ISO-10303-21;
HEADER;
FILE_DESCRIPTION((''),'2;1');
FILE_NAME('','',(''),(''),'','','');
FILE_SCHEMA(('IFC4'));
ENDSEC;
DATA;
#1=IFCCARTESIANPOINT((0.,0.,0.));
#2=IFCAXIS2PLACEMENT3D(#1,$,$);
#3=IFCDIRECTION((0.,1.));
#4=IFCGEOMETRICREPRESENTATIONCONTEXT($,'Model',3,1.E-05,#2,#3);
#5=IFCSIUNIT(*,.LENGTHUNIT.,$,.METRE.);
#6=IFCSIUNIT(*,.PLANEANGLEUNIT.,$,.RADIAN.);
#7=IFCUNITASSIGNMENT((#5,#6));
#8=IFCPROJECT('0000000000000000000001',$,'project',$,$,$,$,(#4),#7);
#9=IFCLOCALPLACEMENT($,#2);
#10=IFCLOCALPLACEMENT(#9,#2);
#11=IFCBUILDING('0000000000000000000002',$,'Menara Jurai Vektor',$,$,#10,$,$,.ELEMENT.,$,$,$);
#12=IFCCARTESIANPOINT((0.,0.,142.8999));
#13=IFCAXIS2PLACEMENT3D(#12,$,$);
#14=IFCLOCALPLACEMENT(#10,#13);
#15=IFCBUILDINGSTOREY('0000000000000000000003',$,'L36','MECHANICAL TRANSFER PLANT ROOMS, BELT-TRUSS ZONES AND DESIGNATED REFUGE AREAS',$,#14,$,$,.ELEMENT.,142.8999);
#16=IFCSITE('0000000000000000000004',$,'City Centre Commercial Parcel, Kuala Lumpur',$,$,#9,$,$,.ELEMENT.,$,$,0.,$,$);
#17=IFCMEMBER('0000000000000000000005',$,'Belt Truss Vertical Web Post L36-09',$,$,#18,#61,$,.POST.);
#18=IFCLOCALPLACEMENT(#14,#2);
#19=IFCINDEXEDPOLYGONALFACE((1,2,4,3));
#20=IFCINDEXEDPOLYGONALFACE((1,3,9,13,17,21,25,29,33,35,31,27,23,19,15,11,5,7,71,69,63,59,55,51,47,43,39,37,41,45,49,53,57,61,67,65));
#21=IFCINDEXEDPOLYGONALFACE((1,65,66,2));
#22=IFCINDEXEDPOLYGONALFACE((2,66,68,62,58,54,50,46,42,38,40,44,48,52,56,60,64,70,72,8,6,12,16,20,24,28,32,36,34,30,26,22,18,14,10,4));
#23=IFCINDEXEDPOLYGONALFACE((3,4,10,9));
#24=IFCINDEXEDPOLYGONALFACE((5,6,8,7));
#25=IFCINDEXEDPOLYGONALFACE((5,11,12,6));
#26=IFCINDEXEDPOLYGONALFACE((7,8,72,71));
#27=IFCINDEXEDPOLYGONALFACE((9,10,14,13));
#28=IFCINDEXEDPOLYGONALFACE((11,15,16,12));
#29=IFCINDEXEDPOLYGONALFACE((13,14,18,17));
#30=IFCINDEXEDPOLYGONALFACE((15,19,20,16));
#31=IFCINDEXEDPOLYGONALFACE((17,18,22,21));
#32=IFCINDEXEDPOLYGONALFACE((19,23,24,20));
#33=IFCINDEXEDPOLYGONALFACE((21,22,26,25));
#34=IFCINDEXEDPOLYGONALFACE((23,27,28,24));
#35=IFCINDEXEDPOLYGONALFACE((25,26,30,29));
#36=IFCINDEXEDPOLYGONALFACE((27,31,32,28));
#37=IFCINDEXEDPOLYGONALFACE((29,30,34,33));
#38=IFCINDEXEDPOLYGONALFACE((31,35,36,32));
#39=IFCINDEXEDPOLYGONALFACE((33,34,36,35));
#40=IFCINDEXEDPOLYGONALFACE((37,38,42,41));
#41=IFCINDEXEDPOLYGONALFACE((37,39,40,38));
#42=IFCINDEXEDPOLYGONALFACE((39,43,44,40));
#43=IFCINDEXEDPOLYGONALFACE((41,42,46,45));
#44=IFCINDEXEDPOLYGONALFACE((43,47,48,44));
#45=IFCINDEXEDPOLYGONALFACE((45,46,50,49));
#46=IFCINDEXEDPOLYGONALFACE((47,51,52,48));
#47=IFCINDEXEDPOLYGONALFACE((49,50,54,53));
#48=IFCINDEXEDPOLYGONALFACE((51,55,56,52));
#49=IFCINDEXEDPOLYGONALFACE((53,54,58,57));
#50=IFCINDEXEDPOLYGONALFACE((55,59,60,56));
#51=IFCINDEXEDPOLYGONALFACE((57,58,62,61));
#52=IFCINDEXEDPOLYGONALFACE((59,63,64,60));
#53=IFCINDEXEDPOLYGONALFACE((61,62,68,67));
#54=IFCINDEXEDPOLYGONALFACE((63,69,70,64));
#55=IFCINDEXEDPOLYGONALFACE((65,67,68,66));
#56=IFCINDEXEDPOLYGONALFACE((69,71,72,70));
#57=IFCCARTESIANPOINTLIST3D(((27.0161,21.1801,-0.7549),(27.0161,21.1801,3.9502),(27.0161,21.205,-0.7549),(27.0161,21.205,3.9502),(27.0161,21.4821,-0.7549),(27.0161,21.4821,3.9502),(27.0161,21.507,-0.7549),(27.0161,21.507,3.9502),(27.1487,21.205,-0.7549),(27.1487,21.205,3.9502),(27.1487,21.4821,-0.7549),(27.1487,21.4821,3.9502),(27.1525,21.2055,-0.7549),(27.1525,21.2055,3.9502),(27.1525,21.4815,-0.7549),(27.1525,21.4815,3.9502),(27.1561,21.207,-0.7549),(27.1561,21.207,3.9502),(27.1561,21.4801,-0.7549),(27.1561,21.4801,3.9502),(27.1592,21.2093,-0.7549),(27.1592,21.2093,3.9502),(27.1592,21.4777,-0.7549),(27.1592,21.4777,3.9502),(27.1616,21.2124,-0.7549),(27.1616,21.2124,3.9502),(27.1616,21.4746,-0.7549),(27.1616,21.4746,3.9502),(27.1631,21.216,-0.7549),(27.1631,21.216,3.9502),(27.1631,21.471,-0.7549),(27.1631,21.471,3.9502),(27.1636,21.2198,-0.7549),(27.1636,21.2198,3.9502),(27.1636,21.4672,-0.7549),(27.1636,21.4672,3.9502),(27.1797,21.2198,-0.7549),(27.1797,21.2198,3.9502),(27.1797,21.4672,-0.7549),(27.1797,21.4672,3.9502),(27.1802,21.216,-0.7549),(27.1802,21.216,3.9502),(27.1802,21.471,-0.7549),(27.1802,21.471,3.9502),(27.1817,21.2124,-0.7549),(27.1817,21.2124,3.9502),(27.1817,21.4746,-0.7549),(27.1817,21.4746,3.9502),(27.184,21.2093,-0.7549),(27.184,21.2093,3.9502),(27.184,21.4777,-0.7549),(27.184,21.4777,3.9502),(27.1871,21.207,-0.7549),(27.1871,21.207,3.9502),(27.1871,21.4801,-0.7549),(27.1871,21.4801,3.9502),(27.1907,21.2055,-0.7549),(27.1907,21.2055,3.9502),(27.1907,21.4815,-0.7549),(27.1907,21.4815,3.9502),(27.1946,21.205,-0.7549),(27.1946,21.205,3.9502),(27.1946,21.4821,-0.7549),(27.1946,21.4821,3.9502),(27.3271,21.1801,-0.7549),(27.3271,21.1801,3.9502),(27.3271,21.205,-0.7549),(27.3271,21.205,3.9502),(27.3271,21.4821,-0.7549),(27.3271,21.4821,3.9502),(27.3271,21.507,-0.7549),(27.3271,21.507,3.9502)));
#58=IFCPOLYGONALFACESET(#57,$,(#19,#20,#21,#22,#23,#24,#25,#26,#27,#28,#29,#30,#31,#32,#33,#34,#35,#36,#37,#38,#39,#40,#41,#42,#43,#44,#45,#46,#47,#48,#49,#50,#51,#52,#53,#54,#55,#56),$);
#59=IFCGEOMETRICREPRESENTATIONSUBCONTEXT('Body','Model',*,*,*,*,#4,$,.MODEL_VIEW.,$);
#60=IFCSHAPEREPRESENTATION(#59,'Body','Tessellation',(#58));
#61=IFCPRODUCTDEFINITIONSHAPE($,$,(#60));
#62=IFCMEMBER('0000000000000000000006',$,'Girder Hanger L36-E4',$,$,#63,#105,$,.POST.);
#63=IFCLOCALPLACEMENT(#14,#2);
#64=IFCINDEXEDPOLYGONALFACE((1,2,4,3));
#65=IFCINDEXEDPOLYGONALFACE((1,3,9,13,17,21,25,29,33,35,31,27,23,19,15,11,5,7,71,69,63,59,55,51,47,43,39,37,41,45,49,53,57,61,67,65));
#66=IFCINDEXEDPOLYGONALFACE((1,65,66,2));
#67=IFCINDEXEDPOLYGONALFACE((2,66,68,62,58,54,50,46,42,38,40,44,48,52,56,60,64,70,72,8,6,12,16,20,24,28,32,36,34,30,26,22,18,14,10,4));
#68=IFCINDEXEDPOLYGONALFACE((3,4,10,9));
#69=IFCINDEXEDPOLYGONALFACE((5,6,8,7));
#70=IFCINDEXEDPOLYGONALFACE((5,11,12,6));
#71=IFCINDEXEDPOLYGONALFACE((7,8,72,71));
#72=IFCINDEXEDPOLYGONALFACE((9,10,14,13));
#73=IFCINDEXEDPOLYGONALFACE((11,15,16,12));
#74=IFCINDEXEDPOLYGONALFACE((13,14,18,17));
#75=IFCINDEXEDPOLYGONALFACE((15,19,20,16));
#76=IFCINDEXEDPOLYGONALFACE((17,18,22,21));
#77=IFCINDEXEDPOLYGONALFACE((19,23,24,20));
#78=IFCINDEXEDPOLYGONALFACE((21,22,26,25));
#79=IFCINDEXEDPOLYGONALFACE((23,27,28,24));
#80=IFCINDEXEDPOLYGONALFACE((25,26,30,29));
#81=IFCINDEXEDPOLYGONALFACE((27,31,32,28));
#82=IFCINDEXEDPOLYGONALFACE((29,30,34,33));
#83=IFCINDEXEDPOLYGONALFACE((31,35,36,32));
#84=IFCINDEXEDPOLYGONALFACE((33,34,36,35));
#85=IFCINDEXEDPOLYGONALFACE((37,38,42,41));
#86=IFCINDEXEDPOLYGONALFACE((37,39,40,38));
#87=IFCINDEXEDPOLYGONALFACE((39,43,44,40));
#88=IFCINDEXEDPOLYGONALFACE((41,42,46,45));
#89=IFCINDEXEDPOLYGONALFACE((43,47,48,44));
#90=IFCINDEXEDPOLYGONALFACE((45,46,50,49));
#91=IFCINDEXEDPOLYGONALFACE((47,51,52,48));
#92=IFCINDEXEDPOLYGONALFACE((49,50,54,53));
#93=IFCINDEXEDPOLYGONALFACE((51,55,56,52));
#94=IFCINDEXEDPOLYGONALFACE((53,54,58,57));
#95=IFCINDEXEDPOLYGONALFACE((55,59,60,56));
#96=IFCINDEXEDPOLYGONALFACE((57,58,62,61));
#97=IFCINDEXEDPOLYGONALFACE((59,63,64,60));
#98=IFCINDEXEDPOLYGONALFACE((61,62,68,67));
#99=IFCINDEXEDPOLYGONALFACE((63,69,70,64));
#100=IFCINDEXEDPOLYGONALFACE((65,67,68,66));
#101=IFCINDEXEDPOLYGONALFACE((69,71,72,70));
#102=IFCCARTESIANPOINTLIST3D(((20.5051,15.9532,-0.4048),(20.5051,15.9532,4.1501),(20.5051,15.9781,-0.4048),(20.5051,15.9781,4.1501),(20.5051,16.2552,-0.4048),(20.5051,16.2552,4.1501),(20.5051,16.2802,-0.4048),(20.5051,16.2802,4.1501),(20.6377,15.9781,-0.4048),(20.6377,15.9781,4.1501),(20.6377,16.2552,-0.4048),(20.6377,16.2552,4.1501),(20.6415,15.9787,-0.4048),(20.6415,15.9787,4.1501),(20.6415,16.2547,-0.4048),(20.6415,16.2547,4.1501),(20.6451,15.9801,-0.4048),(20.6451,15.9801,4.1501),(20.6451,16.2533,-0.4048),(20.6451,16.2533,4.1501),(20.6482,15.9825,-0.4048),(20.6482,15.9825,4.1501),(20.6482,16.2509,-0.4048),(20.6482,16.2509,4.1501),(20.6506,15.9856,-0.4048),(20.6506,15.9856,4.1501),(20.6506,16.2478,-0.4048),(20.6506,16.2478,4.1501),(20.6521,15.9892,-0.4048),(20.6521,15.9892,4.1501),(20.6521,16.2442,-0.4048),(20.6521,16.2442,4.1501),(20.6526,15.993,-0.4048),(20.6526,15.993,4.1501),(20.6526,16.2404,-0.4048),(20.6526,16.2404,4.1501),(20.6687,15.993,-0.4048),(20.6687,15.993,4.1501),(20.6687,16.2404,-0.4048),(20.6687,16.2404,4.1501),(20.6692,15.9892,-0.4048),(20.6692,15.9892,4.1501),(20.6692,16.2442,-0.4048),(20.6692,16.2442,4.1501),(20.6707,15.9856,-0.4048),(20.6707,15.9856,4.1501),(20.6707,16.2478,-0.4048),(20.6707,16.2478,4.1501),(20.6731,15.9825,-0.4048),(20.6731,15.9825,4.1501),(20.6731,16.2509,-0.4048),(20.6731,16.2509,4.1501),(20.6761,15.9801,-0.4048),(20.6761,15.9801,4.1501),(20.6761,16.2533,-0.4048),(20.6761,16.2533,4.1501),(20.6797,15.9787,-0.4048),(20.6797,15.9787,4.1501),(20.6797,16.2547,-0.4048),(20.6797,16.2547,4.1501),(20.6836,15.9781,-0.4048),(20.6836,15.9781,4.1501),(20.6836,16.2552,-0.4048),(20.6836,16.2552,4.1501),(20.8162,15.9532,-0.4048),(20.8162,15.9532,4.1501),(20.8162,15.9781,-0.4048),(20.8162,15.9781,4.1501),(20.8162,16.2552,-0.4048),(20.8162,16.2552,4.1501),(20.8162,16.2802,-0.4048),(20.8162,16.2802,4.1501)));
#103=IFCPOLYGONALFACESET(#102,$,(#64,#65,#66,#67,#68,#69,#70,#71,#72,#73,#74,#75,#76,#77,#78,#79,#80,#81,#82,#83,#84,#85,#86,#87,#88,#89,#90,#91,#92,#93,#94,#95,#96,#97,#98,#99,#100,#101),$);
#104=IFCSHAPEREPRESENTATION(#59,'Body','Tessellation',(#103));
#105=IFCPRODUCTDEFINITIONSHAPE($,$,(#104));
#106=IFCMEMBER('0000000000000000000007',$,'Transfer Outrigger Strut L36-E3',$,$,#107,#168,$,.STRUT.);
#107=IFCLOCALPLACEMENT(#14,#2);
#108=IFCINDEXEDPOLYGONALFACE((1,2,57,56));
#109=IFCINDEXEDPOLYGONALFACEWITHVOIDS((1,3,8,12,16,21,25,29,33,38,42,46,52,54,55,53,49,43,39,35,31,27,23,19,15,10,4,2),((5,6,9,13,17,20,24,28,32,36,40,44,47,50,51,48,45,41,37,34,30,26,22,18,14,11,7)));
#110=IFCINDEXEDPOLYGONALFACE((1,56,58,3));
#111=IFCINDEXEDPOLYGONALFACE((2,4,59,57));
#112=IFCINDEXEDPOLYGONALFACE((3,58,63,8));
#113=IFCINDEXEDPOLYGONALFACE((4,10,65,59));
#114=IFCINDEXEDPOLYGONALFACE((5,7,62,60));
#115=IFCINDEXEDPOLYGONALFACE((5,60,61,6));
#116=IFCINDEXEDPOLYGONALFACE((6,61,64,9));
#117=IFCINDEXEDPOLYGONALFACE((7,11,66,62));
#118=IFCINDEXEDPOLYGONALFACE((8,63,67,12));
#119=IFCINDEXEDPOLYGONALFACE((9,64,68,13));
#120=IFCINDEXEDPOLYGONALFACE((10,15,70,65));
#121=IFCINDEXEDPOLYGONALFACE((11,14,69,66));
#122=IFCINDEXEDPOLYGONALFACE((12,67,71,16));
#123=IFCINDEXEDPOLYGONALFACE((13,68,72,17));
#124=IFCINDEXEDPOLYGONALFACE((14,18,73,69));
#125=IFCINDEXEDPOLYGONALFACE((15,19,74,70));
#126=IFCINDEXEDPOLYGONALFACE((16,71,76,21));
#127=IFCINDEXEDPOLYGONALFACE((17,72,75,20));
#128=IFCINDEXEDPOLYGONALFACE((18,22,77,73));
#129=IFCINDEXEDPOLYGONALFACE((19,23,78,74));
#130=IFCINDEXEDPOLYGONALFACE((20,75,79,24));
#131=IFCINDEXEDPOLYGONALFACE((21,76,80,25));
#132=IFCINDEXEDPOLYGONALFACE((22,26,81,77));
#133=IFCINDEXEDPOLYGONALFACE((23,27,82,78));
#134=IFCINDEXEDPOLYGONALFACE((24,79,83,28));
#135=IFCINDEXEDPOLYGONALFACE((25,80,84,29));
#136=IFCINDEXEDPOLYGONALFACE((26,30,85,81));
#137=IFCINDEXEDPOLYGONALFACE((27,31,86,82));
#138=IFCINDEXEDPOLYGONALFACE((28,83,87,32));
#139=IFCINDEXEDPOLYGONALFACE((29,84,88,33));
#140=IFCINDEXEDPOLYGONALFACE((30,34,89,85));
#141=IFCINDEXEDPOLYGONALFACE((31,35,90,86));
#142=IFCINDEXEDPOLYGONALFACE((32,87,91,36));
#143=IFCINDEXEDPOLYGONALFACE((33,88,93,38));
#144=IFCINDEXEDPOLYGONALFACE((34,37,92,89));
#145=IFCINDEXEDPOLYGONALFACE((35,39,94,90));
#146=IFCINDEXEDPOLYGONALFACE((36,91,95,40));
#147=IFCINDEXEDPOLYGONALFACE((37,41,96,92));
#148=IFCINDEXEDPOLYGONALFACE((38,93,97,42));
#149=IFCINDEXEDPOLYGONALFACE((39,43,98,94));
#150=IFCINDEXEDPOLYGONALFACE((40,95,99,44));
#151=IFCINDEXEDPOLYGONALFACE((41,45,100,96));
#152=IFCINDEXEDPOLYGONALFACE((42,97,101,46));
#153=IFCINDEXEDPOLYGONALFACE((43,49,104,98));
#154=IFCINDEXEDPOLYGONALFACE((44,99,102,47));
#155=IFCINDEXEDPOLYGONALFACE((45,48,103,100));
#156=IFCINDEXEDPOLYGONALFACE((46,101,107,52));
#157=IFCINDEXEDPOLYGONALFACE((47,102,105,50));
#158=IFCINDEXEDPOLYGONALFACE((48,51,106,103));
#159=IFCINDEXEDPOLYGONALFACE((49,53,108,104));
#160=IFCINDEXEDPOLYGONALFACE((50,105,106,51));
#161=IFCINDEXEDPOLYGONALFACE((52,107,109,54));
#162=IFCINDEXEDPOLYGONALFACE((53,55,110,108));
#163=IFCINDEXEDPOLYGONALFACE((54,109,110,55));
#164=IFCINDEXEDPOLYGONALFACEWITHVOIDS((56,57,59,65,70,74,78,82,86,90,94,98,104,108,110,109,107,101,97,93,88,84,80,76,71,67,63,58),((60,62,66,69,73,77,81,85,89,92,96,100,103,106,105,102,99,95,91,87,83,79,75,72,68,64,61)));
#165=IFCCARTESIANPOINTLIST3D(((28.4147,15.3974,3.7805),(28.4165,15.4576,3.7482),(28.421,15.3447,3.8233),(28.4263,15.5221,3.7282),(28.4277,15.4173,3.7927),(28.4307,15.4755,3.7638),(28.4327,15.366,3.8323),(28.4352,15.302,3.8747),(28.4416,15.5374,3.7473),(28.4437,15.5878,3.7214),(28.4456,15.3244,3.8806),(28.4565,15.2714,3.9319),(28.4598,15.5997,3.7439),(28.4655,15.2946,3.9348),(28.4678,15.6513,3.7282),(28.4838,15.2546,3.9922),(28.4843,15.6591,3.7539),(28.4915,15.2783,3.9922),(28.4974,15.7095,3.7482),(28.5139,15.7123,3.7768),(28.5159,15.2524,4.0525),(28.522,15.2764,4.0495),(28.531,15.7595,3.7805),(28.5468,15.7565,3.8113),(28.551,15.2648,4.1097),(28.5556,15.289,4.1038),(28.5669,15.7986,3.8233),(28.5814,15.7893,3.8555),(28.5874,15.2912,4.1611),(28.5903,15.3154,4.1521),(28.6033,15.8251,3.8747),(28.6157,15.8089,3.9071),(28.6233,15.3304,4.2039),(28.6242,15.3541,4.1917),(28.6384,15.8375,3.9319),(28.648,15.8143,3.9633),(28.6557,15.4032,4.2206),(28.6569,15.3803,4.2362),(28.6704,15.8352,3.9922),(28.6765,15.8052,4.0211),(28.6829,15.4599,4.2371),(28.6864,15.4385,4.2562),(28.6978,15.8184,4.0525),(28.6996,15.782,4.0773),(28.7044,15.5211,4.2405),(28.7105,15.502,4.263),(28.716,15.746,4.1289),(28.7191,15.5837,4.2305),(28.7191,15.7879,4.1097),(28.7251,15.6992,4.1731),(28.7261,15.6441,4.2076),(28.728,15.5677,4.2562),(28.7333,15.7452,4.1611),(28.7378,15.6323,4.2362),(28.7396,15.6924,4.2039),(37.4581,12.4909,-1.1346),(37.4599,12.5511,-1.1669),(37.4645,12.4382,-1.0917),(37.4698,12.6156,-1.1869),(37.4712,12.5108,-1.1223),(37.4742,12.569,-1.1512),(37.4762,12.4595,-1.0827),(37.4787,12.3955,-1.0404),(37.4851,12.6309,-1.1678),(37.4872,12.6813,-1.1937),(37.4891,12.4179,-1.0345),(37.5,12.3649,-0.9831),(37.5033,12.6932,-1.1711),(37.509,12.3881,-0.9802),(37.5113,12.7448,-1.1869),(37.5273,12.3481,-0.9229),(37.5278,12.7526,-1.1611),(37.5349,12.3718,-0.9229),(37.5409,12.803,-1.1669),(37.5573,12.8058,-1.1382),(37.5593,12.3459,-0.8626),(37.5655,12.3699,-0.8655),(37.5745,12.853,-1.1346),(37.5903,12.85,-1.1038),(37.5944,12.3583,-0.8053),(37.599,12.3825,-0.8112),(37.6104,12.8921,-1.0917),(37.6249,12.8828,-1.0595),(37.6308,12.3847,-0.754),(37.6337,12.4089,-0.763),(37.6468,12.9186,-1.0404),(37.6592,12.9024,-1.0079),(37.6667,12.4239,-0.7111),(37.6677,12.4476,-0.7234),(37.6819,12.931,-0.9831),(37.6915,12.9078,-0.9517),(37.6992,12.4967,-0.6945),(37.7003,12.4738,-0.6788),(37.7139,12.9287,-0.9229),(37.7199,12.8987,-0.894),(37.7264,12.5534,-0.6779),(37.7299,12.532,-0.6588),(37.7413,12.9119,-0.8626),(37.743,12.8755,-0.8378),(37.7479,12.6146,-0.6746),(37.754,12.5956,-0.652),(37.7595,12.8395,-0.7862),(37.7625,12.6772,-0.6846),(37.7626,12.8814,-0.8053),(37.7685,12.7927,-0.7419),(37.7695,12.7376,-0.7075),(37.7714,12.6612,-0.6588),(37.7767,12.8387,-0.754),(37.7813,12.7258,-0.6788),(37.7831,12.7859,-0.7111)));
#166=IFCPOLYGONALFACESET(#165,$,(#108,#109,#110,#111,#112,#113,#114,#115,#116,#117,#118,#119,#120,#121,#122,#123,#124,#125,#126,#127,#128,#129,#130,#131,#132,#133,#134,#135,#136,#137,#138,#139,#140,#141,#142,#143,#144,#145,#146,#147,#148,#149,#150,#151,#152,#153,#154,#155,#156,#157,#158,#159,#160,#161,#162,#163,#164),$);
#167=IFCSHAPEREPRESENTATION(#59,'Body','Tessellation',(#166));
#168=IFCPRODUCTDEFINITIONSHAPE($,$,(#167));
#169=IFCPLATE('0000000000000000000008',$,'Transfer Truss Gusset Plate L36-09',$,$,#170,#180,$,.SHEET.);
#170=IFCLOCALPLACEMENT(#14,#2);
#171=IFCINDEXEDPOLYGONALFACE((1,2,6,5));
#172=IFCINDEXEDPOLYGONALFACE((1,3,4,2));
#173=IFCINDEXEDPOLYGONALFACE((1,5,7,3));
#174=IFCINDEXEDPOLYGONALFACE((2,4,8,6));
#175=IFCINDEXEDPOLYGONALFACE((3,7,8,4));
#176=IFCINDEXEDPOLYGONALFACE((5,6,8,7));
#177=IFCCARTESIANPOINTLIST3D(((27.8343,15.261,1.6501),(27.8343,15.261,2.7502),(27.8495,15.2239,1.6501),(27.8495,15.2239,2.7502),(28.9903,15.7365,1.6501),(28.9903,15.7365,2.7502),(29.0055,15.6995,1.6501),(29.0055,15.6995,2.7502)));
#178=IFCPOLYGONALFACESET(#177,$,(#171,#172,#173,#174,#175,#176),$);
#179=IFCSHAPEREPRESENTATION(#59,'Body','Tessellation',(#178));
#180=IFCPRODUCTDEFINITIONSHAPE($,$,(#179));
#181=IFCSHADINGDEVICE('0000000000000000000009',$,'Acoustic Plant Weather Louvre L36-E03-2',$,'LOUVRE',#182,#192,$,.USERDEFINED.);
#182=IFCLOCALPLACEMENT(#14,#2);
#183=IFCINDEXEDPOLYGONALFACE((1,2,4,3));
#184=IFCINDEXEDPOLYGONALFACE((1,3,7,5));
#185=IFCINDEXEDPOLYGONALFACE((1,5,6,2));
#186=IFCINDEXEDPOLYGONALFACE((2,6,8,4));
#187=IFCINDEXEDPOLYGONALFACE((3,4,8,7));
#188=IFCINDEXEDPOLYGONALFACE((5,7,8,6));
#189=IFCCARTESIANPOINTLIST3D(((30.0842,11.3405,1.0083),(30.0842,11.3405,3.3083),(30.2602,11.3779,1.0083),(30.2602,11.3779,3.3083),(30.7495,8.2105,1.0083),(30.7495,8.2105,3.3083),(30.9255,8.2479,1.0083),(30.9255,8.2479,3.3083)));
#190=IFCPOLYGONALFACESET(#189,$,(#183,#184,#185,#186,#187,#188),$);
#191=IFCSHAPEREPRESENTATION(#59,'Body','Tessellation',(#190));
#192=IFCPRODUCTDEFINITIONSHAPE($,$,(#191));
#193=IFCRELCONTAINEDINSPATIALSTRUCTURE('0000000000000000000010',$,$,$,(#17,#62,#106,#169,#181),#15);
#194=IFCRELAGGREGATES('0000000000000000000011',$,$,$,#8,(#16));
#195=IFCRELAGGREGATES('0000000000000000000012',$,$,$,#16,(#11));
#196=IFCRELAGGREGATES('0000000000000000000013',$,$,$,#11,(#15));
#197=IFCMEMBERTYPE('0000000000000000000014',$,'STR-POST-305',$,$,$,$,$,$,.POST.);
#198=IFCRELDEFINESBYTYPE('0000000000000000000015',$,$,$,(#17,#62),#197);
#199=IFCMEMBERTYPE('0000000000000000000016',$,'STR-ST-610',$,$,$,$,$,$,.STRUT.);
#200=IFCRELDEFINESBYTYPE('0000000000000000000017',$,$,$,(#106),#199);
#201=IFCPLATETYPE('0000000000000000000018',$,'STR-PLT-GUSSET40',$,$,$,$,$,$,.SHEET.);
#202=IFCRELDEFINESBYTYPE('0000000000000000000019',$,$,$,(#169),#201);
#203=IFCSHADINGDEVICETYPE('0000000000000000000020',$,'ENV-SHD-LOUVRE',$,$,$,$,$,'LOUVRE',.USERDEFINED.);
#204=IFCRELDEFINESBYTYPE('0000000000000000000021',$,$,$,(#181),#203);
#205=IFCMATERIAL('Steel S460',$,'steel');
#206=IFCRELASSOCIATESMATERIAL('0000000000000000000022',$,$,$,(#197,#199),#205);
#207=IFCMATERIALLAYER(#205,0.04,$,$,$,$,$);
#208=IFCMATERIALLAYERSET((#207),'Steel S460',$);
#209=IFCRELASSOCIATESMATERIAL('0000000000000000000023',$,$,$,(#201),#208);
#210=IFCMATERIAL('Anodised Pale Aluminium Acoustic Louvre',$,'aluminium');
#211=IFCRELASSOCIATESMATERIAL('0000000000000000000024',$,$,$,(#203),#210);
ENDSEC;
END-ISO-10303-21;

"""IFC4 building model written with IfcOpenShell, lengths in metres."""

from ifc_helpers import new_model, si_unit, direction, frame, origin, origin_2d, place, context, subcontext, project, spatial, rectangle, hollow_circle, i_section, extrude, material, layer, layer_set, material_profile, profile_set, type_object, element, save


model = new_model("IFC4")

# Units and contexts
model_context = context("Model", 3, precision=1e-05, world=origin(), true_north=direction((0.0, 1.0)))
body_context = subcontext(model_context, "Body", "Model", "MODEL_VIEW")
ifc_project = project(units=[si_unit("LENGTHUNIT", "METRE"), si_unit("PLANEANGLEUNIT", "RADIAN")], contexts=[model_context])

# Site, building, storey
site_placement = place(None, origin())
site = spatial("IfcSite", under=ifc_project, at=site_placement, Name="City Centre Commercial Parcel, Kuala Lumpur", CompositionType="ELEMENT", RefElevation=0.0)
building_placement = place(site_placement, origin())
building = spatial("IfcBuilding", under=site, at=building_placement, Name="Menara Jurai Vektor", CompositionType="ELEMENT")
storey_placement = place(building_placement, frame((0.0, 0.0, 142.8999)))
storey = spatial("IfcBuildingStorey", under=building, at=storey_placement, Name="L36", Description="MECHANICAL TRANSFER PLANT ROOMS, BELT-TRUSS ZONES AND DESIGNATED REFUGE AREAS", CompositionType="ELEMENT", Elevation=142.8999)

# Shared definitions
ifc_material_1 = material(Name="Steel S460", Category="steel")

# Members
ifc_material_profile_1 = material_profile(ifc_material_1, i_section(OverallWidth=0.311, OverallDepth=0.3269, WebThickness=0.0161, FlangeThickness=0.0249, FilletRadius=0.0149, at=origin_2d()), Name="UKC 305x305x158")
ifc_profile_set_1 = profile_set([ifc_material_profile_1], Name="Steel S460")
member_type_1 = type_object("IfcMemberType", Name="STR-POST-305", PredefinedType="POST", material=ifc_profile_set_1)
for number, where, z_axis, x_axis, name in (
    (1, (27.1716, 21.3435, -0.7549), (0.0, 0.0, 1.0), (1.0, 0.0, 0.0), "Belt Truss Vertical Web Post L36-09"),
):
    element("IfcMember", number, at=place(storey_placement, frame(where, z_axis=z_axis, x_axis=x_axis)), inside=storey, type_object=member_type_1, Name=name, PredefinedType="POST", context=body_context, shape_type="SweptSolid", body=[
        extrude(i_section(OverallWidth=0.311, OverallDepth=0.3269, WebThickness=0.0161, FlangeThickness=0.0249, FilletRadius=0.0149, at=origin_2d()), origin(), (0.0, 0.0, 1.0), 4.7051),
    ])
member_1_placement = place(storey_placement, frame((20.6606, 16.1167, -0.4048), z_axis=(0.0, 0.0, 1.0), x_axis=(1.0, 0.0, 0.0)))
element("IfcMember", 2, at=member_1_placement, inside=storey, type_object=member_type_1, Name="Girder Hanger L36-E4", PredefinedType="POST", context=body_context, shape_type="SweptSolid", body=[
    extrude(i_section(OverallWidth=0.311, OverallDepth=0.3269, WebThickness=0.0161, FlangeThickness=0.0249, FilletRadius=0.0149, at=origin_2d()), origin(), (0.0, 0.0, 1.0), 4.5549),
])
ifc_material_profile_2 = material_profile(ifc_material_1, hollow_circle(Radius=0.3049, WallThickness=0.0249, at=origin_2d()), Name="CHS 610x25")
ifc_profile_set_2 = profile_set([ifc_material_profile_2], Name="Steel S460")
member_type_2 = type_object("IfcMemberType", Name="STR-ST-610", PredefinedType="STRUT", material=ifc_profile_set_2)
member_2_placement = place(storey_placement, frame((37.6206, 12.6384, -0.9229), z_axis=(-0.845554, 0.271754, 0.459551), x_axis=(-0.305978, -0.952039, 0.0)))
element("IfcMember", 3, at=member_2_placement, inside=storey, type_object=member_type_2, Name="Transfer Outrigger Strut L36-E3", PredefinedType="STRUT", context=body_context, shape_type="SweptSolid", body=[
    extrude(hollow_circle(Radius=0.3049, WallThickness=0.0249, at=origin_2d()), origin(), (0.0, 0.0, 1.0), 10.6953),
])

# Plate
ifc_layer = layer(ifc_material_1, 0.04)
ifc_layer_set = layer_set([ifc_layer], Name="Steel S460")
plate_type = type_object("IfcPlateType", Name="STR-PLT-GUSSET40", PredefinedType="SHEET", material=ifc_layer_set)
plate_placement = place(storey_placement, frame((28.4199, 15.4802, 1.6501), z_axis=(0.0, 0.0, 1.0), x_axis=(-0.924812, -0.380425, 0.0)))
element("IfcPlate", 4, at=plate_placement, inside=storey, type_object=plate_type, Name="Transfer Truss Gusset Plate L36-09", PredefinedType="SHEET", context=body_context, shape_type="SweptSolid", body=[
    extrude(rectangle(XDim=1.25, YDim=0.04, at=origin_2d()), origin(), (0.0, 0.0, 1.0), 1.1001),
])

# Shading device
ifc_material_2 = material(Name="Anodised Pale Aluminium Acoustic Louvre", Category="aluminium")
shading_device_type = type_object("IfcShadingDeviceType", Name="ENV-SHD-LOUVRE", ElementType="LOUVRE", PredefinedType="USERDEFINED", material=ifc_material_2)
shading_device_placement = place(storey_placement, frame((30.5049, 9.7942, 1.0083), z_axis=(0.0, 0.0, 1.0), x_axis=(-0.207912, 0.978148, 0.0)))
element("IfcShadingDevice", 5, at=shading_device_placement, inside=storey, type_object=shading_device_type, Name="Acoustic Plant Weather Louvre L36-E03-2", ObjectType="LOUVRE", PredefinedType="USERDEFINED", context=body_context, shape_type="SweptSolid", body=[
    extrude(rectangle(XDim=3.2, YDim=0.1799, at=origin_2d()), origin(), (0.0, 0.0, 1.0), 2.3),
])

save(model, "model.ifc")
